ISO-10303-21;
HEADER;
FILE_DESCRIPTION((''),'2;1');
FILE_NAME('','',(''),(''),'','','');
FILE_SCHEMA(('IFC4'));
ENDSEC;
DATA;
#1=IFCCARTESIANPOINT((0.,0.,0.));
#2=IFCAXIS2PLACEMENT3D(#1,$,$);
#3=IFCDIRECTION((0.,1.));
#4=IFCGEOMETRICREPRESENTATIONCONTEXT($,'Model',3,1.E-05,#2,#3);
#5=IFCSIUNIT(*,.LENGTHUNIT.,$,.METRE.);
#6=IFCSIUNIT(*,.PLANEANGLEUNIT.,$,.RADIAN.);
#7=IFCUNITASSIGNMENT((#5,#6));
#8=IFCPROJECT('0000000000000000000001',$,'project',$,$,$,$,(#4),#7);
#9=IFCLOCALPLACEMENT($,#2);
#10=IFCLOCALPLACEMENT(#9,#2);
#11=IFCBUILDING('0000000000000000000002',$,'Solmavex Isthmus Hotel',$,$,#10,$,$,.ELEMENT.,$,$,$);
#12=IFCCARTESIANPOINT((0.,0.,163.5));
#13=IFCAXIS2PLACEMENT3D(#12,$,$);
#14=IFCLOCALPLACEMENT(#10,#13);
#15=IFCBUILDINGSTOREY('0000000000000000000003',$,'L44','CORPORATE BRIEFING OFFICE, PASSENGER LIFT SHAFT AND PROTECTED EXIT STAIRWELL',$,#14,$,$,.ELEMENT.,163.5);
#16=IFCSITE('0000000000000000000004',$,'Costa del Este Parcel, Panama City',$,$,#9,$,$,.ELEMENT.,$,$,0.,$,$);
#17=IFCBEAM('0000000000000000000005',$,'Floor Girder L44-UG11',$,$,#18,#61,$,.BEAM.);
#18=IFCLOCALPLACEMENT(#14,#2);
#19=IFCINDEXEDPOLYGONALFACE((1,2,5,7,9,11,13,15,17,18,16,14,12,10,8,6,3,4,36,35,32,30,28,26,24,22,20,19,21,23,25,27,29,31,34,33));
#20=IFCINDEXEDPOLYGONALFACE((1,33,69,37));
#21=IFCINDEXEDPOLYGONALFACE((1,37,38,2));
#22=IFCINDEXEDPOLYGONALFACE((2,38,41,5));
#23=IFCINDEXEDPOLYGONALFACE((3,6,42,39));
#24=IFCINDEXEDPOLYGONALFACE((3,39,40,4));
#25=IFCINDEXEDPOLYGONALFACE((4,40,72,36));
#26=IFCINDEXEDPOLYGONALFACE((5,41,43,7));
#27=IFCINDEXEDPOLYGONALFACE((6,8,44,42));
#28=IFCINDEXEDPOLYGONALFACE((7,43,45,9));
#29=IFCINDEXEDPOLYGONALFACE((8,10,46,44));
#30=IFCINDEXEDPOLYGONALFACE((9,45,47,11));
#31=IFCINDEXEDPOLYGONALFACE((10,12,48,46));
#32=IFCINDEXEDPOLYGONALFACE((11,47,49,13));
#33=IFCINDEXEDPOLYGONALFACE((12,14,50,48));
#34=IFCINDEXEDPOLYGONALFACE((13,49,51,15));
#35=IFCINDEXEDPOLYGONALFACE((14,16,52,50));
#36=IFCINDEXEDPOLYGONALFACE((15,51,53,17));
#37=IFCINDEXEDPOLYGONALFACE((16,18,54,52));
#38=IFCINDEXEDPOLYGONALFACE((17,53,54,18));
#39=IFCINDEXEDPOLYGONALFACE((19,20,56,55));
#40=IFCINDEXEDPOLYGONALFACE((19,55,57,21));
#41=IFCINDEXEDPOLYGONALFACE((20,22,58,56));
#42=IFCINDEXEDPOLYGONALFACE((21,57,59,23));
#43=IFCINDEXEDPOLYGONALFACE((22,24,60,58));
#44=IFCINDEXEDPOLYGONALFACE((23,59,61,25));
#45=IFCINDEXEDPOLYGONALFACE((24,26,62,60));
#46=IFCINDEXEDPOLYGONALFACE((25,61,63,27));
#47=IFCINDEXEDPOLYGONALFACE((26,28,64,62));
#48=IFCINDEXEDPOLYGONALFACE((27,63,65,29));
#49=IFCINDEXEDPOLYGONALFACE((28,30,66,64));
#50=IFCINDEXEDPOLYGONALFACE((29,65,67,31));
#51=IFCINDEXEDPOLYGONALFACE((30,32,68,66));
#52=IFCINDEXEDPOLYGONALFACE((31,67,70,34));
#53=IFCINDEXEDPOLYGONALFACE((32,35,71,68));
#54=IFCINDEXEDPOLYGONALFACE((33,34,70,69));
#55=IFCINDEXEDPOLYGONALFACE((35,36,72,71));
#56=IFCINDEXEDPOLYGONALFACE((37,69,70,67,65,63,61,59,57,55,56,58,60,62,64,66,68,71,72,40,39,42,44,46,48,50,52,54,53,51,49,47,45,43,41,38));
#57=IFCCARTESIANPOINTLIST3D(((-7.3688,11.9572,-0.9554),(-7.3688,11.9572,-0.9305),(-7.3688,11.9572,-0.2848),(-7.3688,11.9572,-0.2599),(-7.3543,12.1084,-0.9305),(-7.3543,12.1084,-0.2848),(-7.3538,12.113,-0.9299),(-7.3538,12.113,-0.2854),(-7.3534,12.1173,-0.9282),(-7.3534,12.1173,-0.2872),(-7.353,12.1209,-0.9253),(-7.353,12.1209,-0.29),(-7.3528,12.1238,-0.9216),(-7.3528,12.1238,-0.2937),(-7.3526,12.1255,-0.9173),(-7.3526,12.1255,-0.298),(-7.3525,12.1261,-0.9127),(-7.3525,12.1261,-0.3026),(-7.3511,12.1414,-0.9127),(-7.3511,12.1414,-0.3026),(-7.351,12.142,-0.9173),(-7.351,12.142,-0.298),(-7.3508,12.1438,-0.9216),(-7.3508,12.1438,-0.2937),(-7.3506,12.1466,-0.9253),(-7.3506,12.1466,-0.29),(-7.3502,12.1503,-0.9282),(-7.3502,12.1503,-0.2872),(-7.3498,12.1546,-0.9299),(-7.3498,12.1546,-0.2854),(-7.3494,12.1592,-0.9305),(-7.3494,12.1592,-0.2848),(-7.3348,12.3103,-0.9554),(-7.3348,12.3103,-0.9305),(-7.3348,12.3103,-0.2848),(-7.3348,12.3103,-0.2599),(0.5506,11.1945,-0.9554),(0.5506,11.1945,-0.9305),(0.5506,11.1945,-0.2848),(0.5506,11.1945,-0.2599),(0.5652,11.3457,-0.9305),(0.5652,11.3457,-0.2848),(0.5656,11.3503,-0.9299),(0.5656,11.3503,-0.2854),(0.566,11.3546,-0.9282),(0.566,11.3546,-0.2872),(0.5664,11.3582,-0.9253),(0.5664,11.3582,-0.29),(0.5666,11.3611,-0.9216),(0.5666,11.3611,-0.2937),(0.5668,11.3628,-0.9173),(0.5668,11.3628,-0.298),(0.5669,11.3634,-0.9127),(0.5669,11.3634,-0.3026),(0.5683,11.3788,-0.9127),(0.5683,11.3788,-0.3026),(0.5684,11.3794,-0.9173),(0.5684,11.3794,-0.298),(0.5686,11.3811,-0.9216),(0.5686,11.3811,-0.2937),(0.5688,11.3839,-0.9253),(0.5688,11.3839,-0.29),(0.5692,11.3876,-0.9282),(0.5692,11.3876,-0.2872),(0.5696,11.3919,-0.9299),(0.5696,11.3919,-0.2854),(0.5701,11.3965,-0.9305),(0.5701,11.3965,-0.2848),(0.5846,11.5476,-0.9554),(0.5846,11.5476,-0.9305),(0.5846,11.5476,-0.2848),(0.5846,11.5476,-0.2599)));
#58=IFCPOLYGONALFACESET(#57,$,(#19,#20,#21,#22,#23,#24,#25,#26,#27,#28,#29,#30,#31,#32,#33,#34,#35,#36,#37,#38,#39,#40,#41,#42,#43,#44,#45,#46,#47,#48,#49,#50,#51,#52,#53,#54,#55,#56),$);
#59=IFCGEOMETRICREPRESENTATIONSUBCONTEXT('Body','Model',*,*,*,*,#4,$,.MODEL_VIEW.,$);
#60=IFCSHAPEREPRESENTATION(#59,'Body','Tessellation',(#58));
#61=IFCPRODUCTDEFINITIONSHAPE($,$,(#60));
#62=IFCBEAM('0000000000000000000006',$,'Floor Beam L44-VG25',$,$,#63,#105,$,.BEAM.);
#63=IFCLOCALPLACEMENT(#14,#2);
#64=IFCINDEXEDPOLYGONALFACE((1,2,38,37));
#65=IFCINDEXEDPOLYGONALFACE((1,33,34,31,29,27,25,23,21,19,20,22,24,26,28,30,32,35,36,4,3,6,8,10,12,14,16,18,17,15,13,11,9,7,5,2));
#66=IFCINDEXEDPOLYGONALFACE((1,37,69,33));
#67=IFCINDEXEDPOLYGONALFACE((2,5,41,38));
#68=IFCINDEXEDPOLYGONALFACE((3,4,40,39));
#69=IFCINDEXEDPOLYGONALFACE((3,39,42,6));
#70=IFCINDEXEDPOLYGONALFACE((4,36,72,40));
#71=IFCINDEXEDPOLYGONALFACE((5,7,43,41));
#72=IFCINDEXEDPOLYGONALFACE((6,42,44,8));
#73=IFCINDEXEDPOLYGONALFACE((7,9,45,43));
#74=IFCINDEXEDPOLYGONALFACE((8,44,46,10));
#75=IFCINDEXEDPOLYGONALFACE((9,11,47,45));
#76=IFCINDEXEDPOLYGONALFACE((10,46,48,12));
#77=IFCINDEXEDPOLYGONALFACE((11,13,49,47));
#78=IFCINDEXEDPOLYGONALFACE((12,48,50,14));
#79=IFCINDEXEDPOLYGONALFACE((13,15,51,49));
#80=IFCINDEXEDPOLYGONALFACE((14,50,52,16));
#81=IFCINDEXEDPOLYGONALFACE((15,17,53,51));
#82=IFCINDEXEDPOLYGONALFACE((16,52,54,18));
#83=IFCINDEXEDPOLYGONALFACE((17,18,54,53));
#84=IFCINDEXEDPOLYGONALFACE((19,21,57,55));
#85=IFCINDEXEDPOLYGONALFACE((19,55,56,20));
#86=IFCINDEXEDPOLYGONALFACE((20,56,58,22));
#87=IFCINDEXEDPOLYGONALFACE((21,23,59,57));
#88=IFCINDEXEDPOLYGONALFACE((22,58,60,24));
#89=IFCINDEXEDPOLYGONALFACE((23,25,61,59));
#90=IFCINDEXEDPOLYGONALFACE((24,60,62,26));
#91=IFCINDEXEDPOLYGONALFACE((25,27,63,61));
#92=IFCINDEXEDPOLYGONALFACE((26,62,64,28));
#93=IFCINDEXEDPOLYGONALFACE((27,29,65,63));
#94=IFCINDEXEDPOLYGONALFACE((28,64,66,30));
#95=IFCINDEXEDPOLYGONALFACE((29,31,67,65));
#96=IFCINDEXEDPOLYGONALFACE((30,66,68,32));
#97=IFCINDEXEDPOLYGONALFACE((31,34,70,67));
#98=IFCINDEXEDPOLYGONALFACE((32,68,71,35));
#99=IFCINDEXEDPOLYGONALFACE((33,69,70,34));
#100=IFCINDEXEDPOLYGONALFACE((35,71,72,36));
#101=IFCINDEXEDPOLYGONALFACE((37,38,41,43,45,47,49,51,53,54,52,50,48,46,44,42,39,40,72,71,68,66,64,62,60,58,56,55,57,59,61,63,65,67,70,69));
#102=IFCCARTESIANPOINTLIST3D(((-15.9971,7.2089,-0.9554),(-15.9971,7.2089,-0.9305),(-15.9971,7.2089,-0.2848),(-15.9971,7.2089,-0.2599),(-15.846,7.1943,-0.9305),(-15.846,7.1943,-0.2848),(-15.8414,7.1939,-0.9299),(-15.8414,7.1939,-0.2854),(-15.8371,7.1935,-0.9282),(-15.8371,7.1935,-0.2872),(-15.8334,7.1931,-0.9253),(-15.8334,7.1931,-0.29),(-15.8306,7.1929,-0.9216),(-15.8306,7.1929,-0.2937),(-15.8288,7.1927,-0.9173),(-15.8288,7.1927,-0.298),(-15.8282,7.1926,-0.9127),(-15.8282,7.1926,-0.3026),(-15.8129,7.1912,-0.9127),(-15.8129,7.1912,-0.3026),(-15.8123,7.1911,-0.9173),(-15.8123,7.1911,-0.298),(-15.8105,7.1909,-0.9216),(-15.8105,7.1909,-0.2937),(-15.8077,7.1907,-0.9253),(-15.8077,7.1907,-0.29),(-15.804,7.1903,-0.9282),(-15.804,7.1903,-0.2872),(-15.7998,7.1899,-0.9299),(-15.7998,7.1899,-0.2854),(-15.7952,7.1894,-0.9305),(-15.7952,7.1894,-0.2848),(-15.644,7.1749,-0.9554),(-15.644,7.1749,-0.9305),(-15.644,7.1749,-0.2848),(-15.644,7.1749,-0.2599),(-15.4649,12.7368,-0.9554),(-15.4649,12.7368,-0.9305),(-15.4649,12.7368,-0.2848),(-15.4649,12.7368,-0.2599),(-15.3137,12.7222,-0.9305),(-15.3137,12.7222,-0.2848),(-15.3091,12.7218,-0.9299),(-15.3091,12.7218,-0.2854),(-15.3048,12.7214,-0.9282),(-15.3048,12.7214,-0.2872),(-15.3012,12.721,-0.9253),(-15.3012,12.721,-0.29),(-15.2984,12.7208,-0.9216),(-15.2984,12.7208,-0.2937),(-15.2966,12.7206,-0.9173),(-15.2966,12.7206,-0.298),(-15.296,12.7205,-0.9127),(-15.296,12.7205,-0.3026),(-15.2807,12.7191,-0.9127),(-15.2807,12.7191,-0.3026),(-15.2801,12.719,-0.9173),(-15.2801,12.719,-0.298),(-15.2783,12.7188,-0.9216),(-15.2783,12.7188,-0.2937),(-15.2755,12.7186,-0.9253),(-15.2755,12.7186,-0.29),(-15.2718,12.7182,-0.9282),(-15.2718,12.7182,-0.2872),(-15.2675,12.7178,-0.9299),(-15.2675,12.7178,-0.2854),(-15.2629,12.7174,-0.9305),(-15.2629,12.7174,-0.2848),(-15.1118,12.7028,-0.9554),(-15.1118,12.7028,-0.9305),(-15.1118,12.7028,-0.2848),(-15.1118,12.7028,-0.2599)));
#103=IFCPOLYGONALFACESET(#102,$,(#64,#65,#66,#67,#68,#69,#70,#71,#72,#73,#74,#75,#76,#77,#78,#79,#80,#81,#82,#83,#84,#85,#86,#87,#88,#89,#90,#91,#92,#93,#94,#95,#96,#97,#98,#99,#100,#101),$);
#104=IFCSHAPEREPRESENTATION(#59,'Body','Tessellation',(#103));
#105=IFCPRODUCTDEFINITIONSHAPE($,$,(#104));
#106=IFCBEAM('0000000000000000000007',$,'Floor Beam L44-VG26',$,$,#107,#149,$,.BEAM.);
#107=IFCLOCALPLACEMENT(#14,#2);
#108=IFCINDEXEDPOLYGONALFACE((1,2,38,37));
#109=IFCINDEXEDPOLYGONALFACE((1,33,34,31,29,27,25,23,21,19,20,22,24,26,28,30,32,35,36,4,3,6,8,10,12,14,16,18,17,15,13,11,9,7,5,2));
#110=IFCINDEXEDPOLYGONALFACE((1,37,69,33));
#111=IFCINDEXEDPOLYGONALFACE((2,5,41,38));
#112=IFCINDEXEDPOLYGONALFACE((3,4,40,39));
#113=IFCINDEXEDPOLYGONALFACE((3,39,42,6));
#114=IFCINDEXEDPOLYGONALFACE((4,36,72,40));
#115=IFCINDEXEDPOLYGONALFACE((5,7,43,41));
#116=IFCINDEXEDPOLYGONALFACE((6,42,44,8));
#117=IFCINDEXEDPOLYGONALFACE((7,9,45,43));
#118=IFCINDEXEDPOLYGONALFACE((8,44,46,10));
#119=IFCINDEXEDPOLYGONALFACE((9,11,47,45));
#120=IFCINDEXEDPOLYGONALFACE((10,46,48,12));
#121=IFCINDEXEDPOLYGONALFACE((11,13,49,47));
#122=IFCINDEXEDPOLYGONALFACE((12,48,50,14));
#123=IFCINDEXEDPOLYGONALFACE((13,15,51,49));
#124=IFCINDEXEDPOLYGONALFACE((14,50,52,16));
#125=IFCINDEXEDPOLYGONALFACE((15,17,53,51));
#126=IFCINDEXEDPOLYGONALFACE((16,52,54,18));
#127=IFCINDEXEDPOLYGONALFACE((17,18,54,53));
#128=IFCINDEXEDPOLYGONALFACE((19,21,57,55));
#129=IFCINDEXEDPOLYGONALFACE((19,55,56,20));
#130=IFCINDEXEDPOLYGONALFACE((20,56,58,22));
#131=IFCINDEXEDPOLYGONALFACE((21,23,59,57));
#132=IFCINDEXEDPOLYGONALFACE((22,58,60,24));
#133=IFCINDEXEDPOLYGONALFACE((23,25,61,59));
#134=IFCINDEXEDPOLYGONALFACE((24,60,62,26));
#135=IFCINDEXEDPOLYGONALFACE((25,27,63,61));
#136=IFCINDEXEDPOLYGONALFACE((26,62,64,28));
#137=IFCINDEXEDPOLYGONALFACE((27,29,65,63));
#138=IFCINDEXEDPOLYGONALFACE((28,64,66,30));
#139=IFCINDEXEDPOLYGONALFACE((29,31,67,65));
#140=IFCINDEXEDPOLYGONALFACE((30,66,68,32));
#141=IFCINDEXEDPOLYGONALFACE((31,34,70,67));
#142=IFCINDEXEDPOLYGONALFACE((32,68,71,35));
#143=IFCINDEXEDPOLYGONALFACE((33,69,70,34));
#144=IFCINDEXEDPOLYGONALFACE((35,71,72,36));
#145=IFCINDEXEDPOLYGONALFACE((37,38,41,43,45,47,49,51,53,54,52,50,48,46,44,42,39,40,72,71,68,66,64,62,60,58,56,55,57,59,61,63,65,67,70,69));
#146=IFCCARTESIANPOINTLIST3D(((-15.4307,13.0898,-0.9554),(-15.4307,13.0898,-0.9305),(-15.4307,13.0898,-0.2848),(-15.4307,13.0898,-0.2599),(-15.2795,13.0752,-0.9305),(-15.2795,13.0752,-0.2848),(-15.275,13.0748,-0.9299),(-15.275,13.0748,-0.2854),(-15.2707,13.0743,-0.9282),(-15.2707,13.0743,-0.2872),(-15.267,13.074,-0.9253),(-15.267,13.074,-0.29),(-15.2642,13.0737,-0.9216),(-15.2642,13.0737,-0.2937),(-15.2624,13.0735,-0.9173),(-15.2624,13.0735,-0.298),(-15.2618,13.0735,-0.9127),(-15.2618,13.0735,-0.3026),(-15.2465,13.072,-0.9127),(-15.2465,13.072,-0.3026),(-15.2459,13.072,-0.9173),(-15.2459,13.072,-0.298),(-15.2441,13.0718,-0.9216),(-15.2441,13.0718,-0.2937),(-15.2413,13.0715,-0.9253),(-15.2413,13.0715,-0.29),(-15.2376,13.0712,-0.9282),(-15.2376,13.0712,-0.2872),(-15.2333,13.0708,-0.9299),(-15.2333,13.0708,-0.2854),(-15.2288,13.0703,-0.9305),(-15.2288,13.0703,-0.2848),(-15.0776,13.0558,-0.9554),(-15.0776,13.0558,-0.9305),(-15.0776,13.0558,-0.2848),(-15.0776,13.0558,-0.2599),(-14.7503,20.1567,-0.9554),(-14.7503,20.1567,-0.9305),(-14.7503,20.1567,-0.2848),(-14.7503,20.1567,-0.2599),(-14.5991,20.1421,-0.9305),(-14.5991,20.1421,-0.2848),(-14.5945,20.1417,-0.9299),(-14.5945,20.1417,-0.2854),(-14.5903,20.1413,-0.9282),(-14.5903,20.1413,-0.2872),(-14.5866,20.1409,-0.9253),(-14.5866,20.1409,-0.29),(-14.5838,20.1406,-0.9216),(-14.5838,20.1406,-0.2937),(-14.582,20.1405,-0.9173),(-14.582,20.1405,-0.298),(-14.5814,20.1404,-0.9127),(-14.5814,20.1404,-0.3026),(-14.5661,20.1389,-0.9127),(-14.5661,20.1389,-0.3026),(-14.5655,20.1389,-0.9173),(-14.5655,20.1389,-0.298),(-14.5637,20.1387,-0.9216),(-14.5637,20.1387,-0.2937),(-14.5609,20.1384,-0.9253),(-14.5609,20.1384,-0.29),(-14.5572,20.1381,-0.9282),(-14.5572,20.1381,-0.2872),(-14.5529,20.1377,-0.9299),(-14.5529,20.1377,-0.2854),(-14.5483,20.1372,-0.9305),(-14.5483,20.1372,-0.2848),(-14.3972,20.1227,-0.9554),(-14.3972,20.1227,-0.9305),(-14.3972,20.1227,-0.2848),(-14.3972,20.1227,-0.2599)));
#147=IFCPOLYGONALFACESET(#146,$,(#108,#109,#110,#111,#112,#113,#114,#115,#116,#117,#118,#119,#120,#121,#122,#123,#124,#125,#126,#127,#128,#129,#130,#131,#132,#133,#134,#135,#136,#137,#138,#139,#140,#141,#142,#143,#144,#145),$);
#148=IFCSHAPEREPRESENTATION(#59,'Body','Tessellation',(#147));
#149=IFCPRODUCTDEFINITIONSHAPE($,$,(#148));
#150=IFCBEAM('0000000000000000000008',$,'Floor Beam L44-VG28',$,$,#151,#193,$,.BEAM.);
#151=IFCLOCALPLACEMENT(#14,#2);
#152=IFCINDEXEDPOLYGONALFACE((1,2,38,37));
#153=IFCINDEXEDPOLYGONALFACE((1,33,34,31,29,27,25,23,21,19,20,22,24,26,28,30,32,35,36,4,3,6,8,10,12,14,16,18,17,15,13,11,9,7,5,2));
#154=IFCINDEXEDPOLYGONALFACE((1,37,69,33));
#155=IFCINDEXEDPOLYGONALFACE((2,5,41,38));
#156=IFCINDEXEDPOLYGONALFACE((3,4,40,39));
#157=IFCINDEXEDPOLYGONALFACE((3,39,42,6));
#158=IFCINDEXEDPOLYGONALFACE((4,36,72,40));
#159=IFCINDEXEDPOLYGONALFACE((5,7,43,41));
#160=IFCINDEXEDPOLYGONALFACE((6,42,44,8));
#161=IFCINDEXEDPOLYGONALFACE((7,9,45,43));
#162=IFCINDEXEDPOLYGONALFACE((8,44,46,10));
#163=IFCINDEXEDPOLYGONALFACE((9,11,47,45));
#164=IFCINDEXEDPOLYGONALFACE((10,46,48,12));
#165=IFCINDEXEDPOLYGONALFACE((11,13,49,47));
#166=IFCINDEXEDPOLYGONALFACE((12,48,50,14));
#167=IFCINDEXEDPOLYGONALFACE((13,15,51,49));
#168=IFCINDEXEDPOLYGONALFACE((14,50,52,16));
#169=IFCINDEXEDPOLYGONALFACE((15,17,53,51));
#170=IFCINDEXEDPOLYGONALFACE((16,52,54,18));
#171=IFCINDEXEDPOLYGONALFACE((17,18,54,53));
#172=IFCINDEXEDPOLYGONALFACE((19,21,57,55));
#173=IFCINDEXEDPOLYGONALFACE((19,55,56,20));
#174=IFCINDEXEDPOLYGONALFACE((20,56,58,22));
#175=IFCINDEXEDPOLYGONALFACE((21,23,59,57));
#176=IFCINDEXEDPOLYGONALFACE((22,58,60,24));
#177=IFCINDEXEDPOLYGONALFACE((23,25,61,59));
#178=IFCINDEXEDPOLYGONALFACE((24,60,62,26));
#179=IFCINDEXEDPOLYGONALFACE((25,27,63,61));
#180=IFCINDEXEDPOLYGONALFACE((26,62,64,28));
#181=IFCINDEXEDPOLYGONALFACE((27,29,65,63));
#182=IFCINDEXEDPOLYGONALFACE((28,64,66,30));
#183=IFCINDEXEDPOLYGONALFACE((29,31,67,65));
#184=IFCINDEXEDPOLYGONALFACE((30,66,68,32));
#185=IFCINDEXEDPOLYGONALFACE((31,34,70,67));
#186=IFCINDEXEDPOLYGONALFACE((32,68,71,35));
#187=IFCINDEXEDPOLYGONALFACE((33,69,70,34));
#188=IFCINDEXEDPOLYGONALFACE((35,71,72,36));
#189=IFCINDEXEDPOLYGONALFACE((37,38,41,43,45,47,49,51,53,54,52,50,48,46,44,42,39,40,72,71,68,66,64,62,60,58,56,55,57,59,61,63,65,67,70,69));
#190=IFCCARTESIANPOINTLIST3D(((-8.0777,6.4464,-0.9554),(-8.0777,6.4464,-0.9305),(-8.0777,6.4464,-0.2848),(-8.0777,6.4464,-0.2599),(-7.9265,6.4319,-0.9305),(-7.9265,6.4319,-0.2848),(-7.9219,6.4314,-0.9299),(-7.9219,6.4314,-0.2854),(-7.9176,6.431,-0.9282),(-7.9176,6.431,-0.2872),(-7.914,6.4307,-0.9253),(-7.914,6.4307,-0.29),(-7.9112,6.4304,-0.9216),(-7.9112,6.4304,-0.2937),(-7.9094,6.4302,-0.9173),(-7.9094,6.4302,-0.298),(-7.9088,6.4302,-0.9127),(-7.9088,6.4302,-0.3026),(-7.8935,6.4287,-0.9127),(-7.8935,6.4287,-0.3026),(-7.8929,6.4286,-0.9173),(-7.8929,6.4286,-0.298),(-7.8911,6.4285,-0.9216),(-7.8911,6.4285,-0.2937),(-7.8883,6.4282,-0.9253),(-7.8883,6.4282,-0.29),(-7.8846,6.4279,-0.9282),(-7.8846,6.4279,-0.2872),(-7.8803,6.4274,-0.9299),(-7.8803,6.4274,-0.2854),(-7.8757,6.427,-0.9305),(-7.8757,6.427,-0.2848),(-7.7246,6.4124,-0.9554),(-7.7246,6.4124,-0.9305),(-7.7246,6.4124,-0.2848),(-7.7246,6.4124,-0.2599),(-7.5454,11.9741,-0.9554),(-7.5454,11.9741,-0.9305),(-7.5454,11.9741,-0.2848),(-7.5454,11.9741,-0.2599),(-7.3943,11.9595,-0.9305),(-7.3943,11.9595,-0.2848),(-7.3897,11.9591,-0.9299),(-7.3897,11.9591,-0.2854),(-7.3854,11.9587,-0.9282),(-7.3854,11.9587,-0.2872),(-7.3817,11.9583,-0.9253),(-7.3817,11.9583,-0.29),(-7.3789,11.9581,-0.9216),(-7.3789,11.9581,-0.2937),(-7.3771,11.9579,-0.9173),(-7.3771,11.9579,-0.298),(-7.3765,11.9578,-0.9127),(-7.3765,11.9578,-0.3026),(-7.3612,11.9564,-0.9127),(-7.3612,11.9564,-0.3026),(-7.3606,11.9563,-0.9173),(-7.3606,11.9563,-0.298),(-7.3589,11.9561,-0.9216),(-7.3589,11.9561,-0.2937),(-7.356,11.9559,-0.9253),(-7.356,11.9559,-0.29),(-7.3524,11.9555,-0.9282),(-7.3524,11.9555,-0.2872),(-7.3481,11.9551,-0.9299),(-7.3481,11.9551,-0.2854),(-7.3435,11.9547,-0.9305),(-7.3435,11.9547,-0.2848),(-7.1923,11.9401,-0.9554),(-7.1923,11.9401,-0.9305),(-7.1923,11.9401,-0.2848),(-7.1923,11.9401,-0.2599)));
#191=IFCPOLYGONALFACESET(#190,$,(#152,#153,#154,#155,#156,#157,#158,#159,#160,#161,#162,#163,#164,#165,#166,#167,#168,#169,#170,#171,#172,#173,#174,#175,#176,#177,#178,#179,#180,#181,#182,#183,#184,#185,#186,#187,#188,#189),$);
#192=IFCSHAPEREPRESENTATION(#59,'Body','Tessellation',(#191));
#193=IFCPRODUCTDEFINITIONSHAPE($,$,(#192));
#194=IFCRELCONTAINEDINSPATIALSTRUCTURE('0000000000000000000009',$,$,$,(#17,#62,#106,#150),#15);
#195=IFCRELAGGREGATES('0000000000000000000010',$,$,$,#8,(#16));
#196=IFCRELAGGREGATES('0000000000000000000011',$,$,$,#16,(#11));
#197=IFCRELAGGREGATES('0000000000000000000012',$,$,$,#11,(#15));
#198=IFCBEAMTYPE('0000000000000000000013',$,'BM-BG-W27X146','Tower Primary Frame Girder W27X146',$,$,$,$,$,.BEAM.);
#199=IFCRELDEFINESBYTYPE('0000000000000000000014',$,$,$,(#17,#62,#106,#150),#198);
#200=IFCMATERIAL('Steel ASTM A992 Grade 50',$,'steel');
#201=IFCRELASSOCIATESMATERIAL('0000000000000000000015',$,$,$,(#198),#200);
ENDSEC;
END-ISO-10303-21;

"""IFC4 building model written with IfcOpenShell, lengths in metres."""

from ifc_helpers import new_model, si_unit, direction, frame, origin, origin_2d, place, context, subcontext, project, spatial, i_section, extrude, material, material_profile, profile_set, type_object, element, save


model = new_model("IFC4")

# Units and contexts
model_context = context("Model", 3, precision=1e-05, world=origin(), true_north=direction((0.0, 1.0)))
body_context = subcontext(model_context, "Body", "Model", "MODEL_VIEW")
ifc_project = project(units=[si_unit("LENGTHUNIT", "METRE"), si_unit("PLANEANGLEUNIT", "RADIAN")], contexts=[model_context])

# Site, building, storey
site_placement = place(None, origin())
site = spatial("IfcSite", under=ifc_project, at=site_placement, Name="Costa del Este Parcel, Panama City", CompositionType="ELEMENT", RefElevation=0.0)
building_placement = place(site_placement, origin())
building = spatial("IfcBuilding", under=site, at=building_placement, Name="Solmavex Isthmus Hotel", CompositionType="ELEMENT")
storey_placement = place(building_placement, frame((0.0, 0.0, 163.5)))
storey = spatial("IfcBuildingStorey", under=building, at=storey_placement, Name="L44", Description="CORPORATE BRIEFING OFFICE, PASSENGER LIFT SHAFT AND PROTECTED EXIT STAIRWELL", CompositionType="ELEMENT", Elevation=163.5)

# Beams
ifc_material_1 = material(Name="Steel ASTM A992 Grade 50", Category="steel")
ifc_material_profile_1 = material_profile(ifc_material_1, i_section(OverallWidth=0.3547, OverallDepth=0.6956, WebThickness=0.0154, FlangeThickness=0.0249, FilletRadius=0.0178, at=origin_2d()), Name="W27X146")
ifc_profile_set_1 = profile_set([ifc_material_profile_1], Name="Steel ASTM A992 Grade 50")
beam_type_1 = type_object("IfcBeamType", Name="BM-BG-W27X146", Description="Tower Primary Frame Girder W27X146", PredefinedType="BEAM", material=ifc_profile_set_1)
for number, where, z_axis, x_axis, name in (
    (1, (-7.3518, 12.1338, -0.6077), (0.995395, -0.095863, 0.0), (0.095863, 0.995395, 0.0), "Floor Girder L44-UG11"),
):
    element("IfcBeam", number, at=place(storey_placement, frame(where, z_axis=z_axis, x_axis=x_axis)), inside=storey, type_object=beam_type_1, Name=name, PredefinedType="BEAM", context=body_context, shape_type="SweptSolid", body=[
        extrude(i_section(OverallWidth=0.3547, OverallDepth=0.6956, WebThickness=0.0154, FlangeThickness=0.0249, FilletRadius=0.0178, at=origin_2d()), origin(), (0.0, 0.0, 1.0), 7.9561),
    ])
beam_1_placement = place(storey_placement, frame((-15.8206, 7.1919, -0.6077), z_axis=(0.095838, 0.995397, 0.0), x_axis=(-0.995397, 0.095838, 0.0)))
element("IfcBeam", 2, at=beam_1_placement, inside=storey, type_object=beam_type_1, Name="Floor Beam L44-VG25", PredefinedType="BEAM", context=body_context, shape_type="SweptSolid", body=[
    extrude(i_section(OverallWidth=0.3547, OverallDepth=0.6956, WebThickness=0.0154, FlangeThickness=0.0249, FilletRadius=0.0178, at=origin_2d()), origin(), (0.0, 0.0, 1.0), 5.5535),
])
beam_2_placement = place(storey_placement, frame((-15.2542, 13.0728, -0.6077), z_axis=(0.09584, 0.995397, 0.0), x_axis=(-0.995397, 0.09584, 0.0)))
element("IfcBeam", 3, at=beam_2_placement, inside=storey, type_object=beam_type_1, Name="Floor Beam L44-VG26", PredefinedType="BEAM", context=body_context, shape_type="SweptSolid", body=[
    extrude(i_section(OverallWidth=0.3547, OverallDepth=0.6956, WebThickness=0.0154, FlangeThickness=0.0249, FilletRadius=0.0178, at=origin_2d()), origin(), (0.0, 0.0, 1.0), 7.0996),
])
beam_3_placement = place(storey_placement, frame((-7.9011, 6.4294, -0.6077), z_axis=(0.095842, 0.995397, 0.0), x_axis=(-0.995397, 0.095842, 0.0)))
element("IfcBeam", 4, at=beam_3_placement, inside=storey, type_object=beam_type_1, Name="Floor Beam L44-VG28", PredefinedType="BEAM", context=body_context, shape_type="SweptSolid", body=[
    extrude(i_section(OverallWidth=0.3547, OverallDepth=0.6956, WebThickness=0.0154, FlangeThickness=0.0249, FilletRadius=0.0178, at=origin_2d()), origin(), (0.0, 0.0, 1.0), 5.5532),
])

save(model, "model.ifc")
